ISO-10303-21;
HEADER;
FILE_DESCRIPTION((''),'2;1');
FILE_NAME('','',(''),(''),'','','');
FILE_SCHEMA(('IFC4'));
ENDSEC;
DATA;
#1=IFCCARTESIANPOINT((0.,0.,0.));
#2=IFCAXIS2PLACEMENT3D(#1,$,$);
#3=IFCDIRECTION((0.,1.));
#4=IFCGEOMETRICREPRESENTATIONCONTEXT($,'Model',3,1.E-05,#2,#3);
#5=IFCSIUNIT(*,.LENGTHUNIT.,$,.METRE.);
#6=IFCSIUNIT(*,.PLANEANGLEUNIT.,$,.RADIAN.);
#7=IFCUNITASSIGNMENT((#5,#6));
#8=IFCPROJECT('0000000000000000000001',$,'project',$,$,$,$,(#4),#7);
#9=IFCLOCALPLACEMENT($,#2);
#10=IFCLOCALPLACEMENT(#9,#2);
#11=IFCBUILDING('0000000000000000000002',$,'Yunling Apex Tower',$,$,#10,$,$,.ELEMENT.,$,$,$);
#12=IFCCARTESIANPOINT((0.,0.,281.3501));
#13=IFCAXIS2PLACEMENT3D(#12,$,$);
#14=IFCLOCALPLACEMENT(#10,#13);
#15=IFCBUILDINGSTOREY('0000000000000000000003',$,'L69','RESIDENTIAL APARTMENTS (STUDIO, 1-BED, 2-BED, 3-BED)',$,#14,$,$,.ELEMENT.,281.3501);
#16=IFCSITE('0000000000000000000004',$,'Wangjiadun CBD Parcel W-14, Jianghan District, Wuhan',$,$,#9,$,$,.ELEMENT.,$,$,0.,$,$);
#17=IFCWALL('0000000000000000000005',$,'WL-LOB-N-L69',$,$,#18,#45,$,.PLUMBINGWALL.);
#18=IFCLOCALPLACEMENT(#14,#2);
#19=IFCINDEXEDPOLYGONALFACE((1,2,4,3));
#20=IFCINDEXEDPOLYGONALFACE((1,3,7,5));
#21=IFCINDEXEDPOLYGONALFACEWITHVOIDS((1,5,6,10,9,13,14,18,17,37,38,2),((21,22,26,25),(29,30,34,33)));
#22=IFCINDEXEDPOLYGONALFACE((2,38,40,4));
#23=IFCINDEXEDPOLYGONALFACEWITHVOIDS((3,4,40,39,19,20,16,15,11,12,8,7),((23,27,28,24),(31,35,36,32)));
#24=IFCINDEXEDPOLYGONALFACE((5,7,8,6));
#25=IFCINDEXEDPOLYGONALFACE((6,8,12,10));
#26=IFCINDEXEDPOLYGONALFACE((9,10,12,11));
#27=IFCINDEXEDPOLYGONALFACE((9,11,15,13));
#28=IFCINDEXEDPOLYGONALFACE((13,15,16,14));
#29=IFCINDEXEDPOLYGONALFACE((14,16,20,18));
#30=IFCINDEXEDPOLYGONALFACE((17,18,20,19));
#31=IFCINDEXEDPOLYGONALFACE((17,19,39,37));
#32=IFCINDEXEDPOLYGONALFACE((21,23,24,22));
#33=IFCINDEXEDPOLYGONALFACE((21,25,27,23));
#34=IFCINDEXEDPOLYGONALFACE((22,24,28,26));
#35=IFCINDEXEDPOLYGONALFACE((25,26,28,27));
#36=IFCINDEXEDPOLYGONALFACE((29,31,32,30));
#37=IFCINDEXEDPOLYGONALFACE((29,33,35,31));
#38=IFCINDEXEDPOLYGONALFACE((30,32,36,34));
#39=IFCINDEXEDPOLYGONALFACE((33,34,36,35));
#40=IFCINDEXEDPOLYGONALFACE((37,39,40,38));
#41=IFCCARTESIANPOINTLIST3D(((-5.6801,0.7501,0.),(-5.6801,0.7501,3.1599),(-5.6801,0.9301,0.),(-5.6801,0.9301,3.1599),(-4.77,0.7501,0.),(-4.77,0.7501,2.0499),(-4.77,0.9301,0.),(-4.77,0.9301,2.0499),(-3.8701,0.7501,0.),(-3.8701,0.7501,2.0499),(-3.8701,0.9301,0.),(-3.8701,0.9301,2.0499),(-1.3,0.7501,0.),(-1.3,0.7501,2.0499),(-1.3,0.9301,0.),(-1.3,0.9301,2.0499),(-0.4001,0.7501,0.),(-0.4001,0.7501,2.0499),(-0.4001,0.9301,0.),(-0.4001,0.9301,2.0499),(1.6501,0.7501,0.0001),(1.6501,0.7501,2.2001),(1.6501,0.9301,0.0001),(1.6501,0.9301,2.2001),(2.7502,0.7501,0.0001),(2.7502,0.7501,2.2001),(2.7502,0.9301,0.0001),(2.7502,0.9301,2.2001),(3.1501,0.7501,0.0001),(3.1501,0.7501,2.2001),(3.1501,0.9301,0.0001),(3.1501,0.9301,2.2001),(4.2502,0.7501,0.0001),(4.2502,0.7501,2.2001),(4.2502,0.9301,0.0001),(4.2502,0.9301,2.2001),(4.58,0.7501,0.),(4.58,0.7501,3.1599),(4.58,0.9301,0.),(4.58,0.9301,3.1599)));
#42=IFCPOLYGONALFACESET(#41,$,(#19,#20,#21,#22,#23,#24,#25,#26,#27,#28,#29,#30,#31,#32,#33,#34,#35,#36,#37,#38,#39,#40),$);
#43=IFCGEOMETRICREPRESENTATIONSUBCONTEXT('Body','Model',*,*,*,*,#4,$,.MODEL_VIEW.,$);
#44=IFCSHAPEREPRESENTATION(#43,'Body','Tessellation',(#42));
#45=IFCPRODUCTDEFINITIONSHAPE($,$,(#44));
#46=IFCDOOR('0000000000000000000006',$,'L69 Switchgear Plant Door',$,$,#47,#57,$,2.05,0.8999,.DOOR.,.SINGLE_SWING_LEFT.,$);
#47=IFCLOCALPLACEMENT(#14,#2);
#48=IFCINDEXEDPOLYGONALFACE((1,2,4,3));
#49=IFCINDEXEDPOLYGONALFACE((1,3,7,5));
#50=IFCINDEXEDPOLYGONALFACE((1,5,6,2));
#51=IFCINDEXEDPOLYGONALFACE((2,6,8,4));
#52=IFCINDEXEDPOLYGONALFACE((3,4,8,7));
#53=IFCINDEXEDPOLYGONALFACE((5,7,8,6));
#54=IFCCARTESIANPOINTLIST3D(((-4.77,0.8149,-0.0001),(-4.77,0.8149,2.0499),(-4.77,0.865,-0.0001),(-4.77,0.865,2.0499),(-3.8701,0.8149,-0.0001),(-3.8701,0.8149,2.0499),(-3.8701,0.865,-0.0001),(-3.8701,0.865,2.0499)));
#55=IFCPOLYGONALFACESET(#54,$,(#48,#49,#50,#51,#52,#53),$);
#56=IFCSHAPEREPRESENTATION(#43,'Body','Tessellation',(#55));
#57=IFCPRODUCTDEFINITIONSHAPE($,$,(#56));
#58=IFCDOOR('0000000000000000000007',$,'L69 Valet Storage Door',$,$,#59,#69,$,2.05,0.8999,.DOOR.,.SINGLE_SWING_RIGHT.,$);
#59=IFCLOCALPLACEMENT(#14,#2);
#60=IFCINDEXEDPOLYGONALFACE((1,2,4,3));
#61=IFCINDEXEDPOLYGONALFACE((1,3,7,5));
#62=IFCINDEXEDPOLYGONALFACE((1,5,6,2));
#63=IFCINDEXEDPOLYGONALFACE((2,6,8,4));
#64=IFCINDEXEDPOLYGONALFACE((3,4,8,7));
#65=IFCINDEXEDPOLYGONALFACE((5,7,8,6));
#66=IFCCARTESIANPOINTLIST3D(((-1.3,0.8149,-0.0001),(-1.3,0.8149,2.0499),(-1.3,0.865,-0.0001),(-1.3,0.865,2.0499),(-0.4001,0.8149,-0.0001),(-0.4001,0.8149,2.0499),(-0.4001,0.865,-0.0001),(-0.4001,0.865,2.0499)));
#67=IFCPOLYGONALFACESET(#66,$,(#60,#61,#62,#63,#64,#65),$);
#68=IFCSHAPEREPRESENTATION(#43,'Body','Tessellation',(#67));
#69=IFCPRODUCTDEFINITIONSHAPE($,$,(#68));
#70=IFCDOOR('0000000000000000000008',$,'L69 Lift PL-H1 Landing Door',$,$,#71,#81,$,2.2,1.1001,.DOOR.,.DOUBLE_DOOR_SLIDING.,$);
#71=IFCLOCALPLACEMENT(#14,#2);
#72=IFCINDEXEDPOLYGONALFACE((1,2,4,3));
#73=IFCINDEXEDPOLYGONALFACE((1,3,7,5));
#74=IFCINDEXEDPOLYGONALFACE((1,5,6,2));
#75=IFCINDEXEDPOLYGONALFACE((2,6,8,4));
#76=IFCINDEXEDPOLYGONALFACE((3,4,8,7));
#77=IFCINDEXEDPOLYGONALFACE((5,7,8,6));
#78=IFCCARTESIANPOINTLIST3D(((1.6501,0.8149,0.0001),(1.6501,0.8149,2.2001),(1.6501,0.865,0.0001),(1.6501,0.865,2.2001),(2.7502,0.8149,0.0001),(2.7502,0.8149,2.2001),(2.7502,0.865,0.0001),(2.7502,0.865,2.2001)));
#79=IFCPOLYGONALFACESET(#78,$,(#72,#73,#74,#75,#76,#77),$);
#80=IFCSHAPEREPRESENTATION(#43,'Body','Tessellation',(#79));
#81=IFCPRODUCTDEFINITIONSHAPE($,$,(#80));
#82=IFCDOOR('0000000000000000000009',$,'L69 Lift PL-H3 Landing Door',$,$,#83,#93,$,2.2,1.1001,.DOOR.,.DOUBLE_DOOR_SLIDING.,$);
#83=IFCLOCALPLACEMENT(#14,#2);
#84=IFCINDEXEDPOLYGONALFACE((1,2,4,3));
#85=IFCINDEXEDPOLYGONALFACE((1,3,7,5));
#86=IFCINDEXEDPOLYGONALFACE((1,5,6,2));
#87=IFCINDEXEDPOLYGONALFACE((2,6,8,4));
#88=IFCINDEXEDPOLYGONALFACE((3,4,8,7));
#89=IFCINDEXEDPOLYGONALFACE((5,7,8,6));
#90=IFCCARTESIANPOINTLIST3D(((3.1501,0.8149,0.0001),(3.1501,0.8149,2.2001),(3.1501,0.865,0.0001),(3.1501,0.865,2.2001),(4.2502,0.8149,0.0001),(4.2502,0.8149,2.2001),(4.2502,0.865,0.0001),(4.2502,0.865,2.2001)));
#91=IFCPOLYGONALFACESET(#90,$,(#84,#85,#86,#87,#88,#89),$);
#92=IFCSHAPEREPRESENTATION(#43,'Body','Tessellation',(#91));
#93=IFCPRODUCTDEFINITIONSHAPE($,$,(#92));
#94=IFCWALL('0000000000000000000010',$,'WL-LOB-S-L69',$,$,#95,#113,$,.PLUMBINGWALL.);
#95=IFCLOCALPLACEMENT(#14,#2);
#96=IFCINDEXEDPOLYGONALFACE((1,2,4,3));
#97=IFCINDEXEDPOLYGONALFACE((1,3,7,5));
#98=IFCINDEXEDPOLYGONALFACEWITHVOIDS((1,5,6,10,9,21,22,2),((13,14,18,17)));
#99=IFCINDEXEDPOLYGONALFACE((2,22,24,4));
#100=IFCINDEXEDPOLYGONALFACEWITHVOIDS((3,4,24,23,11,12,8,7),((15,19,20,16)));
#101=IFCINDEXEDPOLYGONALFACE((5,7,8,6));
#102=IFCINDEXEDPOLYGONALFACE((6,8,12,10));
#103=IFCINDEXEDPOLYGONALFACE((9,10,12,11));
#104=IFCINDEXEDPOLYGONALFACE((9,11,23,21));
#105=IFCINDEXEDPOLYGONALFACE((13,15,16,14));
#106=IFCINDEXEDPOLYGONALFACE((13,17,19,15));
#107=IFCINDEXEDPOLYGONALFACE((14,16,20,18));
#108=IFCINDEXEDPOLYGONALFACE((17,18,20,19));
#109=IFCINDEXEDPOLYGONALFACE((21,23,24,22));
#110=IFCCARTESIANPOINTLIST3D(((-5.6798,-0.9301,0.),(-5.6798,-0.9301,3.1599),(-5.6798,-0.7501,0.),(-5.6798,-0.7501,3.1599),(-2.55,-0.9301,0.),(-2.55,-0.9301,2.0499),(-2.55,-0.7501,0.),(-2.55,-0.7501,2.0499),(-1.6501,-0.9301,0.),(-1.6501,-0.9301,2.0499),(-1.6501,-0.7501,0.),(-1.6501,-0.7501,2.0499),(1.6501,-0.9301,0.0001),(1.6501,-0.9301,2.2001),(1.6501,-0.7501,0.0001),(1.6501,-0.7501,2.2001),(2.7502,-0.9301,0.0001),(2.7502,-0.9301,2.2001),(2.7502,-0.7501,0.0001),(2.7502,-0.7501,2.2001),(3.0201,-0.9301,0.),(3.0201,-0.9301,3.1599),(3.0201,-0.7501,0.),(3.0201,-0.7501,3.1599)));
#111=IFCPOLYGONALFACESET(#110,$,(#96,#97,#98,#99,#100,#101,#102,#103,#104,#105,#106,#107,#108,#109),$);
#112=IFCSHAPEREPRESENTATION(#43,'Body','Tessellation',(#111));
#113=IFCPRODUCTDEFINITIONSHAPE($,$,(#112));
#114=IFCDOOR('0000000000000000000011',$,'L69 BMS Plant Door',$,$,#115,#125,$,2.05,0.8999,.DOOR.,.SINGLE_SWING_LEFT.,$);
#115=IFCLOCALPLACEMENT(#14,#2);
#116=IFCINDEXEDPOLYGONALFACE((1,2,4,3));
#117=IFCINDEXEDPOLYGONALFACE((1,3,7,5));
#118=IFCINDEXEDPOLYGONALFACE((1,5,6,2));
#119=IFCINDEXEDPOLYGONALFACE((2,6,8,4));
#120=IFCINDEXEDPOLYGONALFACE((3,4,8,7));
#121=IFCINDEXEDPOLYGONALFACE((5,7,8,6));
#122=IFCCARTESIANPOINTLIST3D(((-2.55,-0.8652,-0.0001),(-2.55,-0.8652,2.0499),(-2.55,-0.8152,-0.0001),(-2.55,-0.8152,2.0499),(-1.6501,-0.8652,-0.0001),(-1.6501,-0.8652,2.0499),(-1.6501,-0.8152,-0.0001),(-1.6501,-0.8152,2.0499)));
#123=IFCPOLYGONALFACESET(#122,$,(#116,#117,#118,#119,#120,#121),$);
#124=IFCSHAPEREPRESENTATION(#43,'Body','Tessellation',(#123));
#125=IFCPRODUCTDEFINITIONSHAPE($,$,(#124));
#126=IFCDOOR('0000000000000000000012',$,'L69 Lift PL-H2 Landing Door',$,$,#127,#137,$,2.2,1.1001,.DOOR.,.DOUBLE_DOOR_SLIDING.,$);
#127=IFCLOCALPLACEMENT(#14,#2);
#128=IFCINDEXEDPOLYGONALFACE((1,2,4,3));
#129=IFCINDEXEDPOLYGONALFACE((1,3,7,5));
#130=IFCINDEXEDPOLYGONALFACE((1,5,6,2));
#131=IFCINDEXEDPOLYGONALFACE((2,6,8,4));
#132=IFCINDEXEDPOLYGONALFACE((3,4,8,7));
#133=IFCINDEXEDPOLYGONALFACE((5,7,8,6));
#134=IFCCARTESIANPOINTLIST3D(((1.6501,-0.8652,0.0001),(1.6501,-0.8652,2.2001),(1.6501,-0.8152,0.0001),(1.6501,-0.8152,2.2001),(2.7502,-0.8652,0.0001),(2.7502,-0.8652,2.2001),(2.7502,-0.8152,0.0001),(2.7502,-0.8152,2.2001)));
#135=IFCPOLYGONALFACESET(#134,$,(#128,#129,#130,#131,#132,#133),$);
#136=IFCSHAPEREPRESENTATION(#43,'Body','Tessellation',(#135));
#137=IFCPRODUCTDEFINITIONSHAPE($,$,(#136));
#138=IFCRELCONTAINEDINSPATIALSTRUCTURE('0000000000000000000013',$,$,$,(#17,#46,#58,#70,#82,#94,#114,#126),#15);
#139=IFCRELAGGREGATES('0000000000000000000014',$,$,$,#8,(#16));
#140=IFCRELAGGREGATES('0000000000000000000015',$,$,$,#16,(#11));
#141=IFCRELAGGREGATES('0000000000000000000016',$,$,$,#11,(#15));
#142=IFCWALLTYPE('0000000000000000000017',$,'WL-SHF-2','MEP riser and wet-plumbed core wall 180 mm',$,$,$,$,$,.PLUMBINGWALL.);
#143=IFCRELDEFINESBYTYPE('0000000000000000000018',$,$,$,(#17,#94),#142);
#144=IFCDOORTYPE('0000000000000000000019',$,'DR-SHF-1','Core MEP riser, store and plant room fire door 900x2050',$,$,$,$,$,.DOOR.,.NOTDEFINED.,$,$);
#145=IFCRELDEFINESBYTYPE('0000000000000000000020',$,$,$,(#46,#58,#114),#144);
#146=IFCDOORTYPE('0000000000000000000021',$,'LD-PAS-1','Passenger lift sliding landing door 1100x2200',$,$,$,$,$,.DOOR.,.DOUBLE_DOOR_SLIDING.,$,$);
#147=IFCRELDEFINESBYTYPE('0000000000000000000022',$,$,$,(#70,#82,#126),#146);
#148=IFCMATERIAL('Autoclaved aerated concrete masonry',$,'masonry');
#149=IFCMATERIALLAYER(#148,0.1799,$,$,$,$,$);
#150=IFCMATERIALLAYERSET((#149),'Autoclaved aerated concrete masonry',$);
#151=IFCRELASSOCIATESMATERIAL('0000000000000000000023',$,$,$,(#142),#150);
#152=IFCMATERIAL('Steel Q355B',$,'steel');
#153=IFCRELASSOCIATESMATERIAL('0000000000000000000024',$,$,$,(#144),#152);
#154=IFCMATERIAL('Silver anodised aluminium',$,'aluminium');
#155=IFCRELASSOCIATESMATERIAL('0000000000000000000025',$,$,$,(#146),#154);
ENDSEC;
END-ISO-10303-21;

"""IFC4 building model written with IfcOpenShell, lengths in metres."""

from ifc_helpers import new_model, si_unit, direction, frame, frame_2d, origin, place, context, subcontext, project, spatial, rectangle, extrude, material, layer, layer_set, type_object, element, fill, save


model = new_model("IFC4")

# Units and contexts
model_context = context("Model", 3, precision=1e-05, world=origin(), true_north=direction((0.0, 1.0)))
body_context = subcontext(model_context, "Body", "Model", "MODEL_VIEW")
ifc_project = project(units=[si_unit("LENGTHUNIT", "METRE"), si_unit("PLANEANGLEUNIT", "RADIAN")], contexts=[model_context])

# Site, building, storey
site_placement = place(None, origin())
site = spatial("IfcSite", under=ifc_project, at=site_placement, Name="Wangjiadun CBD Parcel W-14, Jianghan District, Wuhan", CompositionType="ELEMENT", RefElevation=0.0)
building_placement = place(site_placement, origin())
building = spatial("IfcBuilding", under=site, at=building_placement, Name="Yunling Apex Tower", CompositionType="ELEMENT")
storey_placement = place(building_placement, frame((0.0, 0.0, 281.3501)))
storey = spatial("IfcBuildingStorey", under=building, at=storey_placement, Name="L69", Description="RESIDENTIAL APARTMENTS (STUDIO, 1-BED, 2-BED, 3-BED)", CompositionType="ELEMENT", Elevation=281.3501)

# Shared definitions
ifc_material_1 = material(Name="Steel Q355B", Category="steel")

# Walls, openings, doors
ifc_material_2 = material(Name="Autoclaved aerated concrete masonry", Category="masonry")
ifc_layer_1 = layer(ifc_material_2, 0.1799)
ifc_layer_set_1 = layer_set([ifc_layer_1], Name="Autoclaved aerated concrete masonry")
wall_type_1 = type_object("IfcWallType", Name="WL-SHF-2", Description="MEP riser and wet-plumbed core wall 180 mm", PredefinedType="PLUMBINGWALL", material=ifc_layer_set_1)
wall_1_placement = place(storey_placement, frame((-5.6799, 0.8401, 0.0), z_axis=(0.0, 0.0, 1.0), x_axis=(1.0, 0.0, 0.0)))
wall_1 = element("IfcWall", 1, at=wall_1_placement, inside=storey, type_object=wall_type_1, Name="WL-LOB-N-L69", PredefinedType="PLUMBINGWALL", context=body_context, shape_type="SweptSolid", body=[
    extrude(rectangle(XDim=10.26, YDim=0.1799, at=frame_2d((5.1299, 0.0))), origin(), (0.0, 0.0, 1.0), 3.1599),
])
opening_1_placement = place(wall_1_placement, frame((0.9099, 0.0, 0.0)))
opening_1 = element("IfcOpeningElement", 2, at=opening_1_placement, cuts=wall_1, PredefinedType="OPENING", context=body_context, shape_type="SweptSolid", body=[
    extrude(rectangle(XDim=0.8999, YDim=2.05, at=frame_2d((0.45, 1.0249))), frame((0.0, 0.1001, 0.0), z_axis=(0.0, -1.0, 0.0), x_axis=(1.0, 0.0, 0.0)), (0.0, 0.0, 1.0), 0.2),
])
opening_2_placement = place(wall_1_placement, frame((4.3799, 0.0, 0.0)))
opening_2 = element("IfcOpeningElement", 3, at=opening_2_placement, cuts=wall_1, PredefinedType="OPENING", context=body_context, shape_type="SweptSolid", body=[
    extrude(rectangle(XDim=0.8999, YDim=2.05, at=frame_2d((0.45, 1.0249))), frame((0.0, 0.1001, 0.0), z_axis=(0.0, -1.0, 0.0), x_axis=(1.0, 0.0, 0.0)), (0.0, 0.0, 1.0), 0.2),
])
opening_3_placement = place(wall_1_placement, frame((7.3301, 0.0, 0.0)))
opening_3 = element("IfcOpeningElement", 4, at=opening_3_placement, cuts=wall_1, PredefinedType="OPENING", context=body_context, shape_type="SweptSolid", body=[
    extrude(rectangle(XDim=1.1001, YDim=2.2, at=frame_2d((0.55, 1.1001))), frame((0.0, 0.1001, 0.0), z_axis=(0.0, -1.0, 0.0), x_axis=(1.0, 0.0, 0.0)), (0.0, 0.0, 1.0), 0.2),
])
opening_4_placement = place(wall_1_placement, frame((8.8301, 0.0, 0.0)))
opening_4 = element("IfcOpeningElement", 5, at=opening_4_placement, cuts=wall_1, PredefinedType="OPENING", context=body_context, shape_type="SweptSolid", body=[
    extrude(rectangle(XDim=1.1001, YDim=2.2, at=frame_2d((0.55, 1.1001))), frame((0.0, 0.1001, 0.0), z_axis=(0.0, -1.0, 0.0), x_axis=(1.0, 0.0, 0.0)), (0.0, 0.0, 1.0), 0.2),
])
door_type_1 = type_object("IfcDoorType", Name="DR-SHF-1", Description="Core MEP riser, store and plant room fire door 900x2050", OperationType="NOTDEFINED", PredefinedType="DOOR", material=ifc_material_1)
door_1_placement = place(opening_1_placement, origin())
door_1 = element("IfcDoor", 6, at=door_1_placement, inside=storey, type_object=door_type_1, Name="L69 Switchgear Plant Door", OperationType="SINGLE_SWING_LEFT", OverallHeight=2.05, OverallWidth=0.8999, PredefinedType="DOOR", context=body_context, shape_type="SweptSolid", body=[
    extrude(rectangle(XDim=0.8999, YDim=2.05, at=frame_2d((0.45, 1.0249))), frame((0.0, 0.0249, 0.0), z_axis=(0.0, -1.0, 0.0), x_axis=(1.0, 0.0, 0.0)), (0.0, 0.0, 1.0), 0.05),
])
fill(opening_1, door_1)
door_2_placement = place(opening_2_placement, origin())
door_2 = element("IfcDoor", 7, at=door_2_placement, inside=storey, type_object=door_type_1, Name="L69 Valet Storage Door", OperationType="SINGLE_SWING_RIGHT", OverallHeight=2.05, OverallWidth=0.8999, PredefinedType="DOOR", context=body_context, shape_type="SweptSolid", body=[
    extrude(rectangle(XDim=0.8999, YDim=2.05, at=frame_2d((0.45, 1.0249))), frame((0.0, 0.0249, 0.0), z_axis=(0.0, -1.0, 0.0), x_axis=(1.0, 0.0, 0.0)), (0.0, 0.0, 1.0), 0.05),
])
fill(opening_2, door_2)
ifc_material_3 = material(Name="Silver anodised aluminium", Category="aluminium")
door_type_2 = type_object("IfcDoorType", Name="LD-PAS-1", Description="Passenger lift sliding landing door 1100x2200", OperationType="DOUBLE_DOOR_SLIDING", PredefinedType="DOOR", material=ifc_material_3)
door_3_placement = place(opening_3_placement, origin())
door_3 = element("IfcDoor", 8, at=door_3_placement, inside=storey, type_object=door_type_2, Name="L69 Lift PL-H1 Landing Door", OperationType="DOUBLE_DOOR_SLIDING", OverallHeight=2.2, OverallWidth=1.1001, PredefinedType="DOOR", context=body_context, shape_type="SweptSolid", body=[
    extrude(rectangle(XDim=1.1001, YDim=2.2, at=frame_2d((0.55, 1.1001))), frame((0.0, 0.0249, 0.0), z_axis=(0.0, -1.0, 0.0), x_axis=(1.0, 0.0, 0.0)), (0.0, 0.0, 1.0), 0.05),
])
fill(opening_3, door_3)
door_4_placement = place(opening_4_placement, origin())
door_4 = element("IfcDoor", 9, at=door_4_placement, inside=storey, type_object=door_type_2, Name="L69 Lift PL-H3 Landing Door", OperationType="DOUBLE_DOOR_SLIDING", OverallHeight=2.2, OverallWidth=1.1001, PredefinedType="DOOR", context=body_context, shape_type="SweptSolid", body=[
    extrude(rectangle(XDim=1.1001, YDim=2.2, at=frame_2d((0.55, 1.1001))), frame((0.0, 0.0249, 0.0), z_axis=(0.0, -1.0, 0.0), x_axis=(1.0, 0.0, 0.0)), (0.0, 0.0, 1.0), 0.05),
])
fill(opening_4, door_4)
wall_2_placement = place(storey_placement, frame((-5.6799, -0.8401, 0.0), z_axis=(0.0, 0.0, 1.0), x_axis=(1.0, 0.0, 0.0)))
wall_2 = element("IfcWall", 10, at=wall_2_placement, inside=storey, type_object=wall_type_1, Name="WL-LOB-S-L69", PredefinedType="PLUMBINGWALL", context=body_context, shape_type="SweptSolid", body=[
    extrude(rectangle(XDim=8.7, YDim=0.1799, at=frame_2d((4.3501, 0.0))), origin(), (0.0, 0.0, 1.0), 3.1599),
])
opening_5_placement = place(wall_2_placement, frame((3.1299, 0.0, 0.0)))
opening_5 = element("IfcOpeningElement", 11, at=opening_5_placement, cuts=wall_2, PredefinedType="OPENING", context=body_context, shape_type="SweptSolid", body=[
    extrude(rectangle(XDim=0.8999, YDim=2.05, at=frame_2d((0.45, 1.0249))), frame((0.0, 0.1001, 0.0), z_axis=(0.0, -1.0, 0.0), x_axis=(1.0, 0.0, 0.0)), (0.0, 0.0, 1.0), 0.2),
])
opening_6_placement = place(wall_2_placement, frame((7.3301, 0.0, 0.0)))
opening_6 = element("IfcOpeningElement", 12, at=opening_6_placement, cuts=wall_2, PredefinedType="OPENING", context=body_context, shape_type="SweptSolid", body=[
    extrude(rectangle(XDim=1.1001, YDim=2.2, at=frame_2d((0.55, 1.1001))), frame((0.0, 0.1001, 0.0), z_axis=(0.0, -1.0, 0.0), x_axis=(1.0, 0.0, 0.0)), (0.0, 0.0, 1.0), 0.2),
])
door_5_placement = place(opening_5_placement, origin())
door_5 = element("IfcDoor", 13, at=door_5_placement, inside=storey, type_object=door_type_1, Name="L69 BMS Plant Door", OperationType="SINGLE_SWING_LEFT", OverallHeight=2.05, OverallWidth=0.8999, PredefinedType="DOOR", context=body_context, shape_type="SweptSolid", body=[
    extrude(rectangle(XDim=0.8999, YDim=2.05, at=frame_2d((0.45, 1.0249))), frame((0.0, 0.0249, 0.0), z_axis=(0.0, -1.0, 0.0), x_axis=(1.0, 0.0, 0.0)), (0.0, 0.0, 1.0), 0.05),
])
fill(opening_5, door_5)
door_6_placement = place(opening_6_placement, origin())
door_6 = element("IfcDoor", 14, at=door_6_placement, inside=storey, type_object=door_type_2, Name="L69 Lift PL-H2 Landing Door", OperationType="DOUBLE_DOOR_SLIDING", OverallHeight=2.2, OverallWidth=1.1001, PredefinedType="DOOR", context=body_context, shape_type="SweptSolid", body=[
    extrude(rectangle(XDim=1.1001, YDim=2.2, at=frame_2d((0.55, 1.1001))), frame((0.0, 0.0249, 0.0), z_axis=(0.0, -1.0, 0.0), x_axis=(1.0, 0.0, 0.0)), (0.0, 0.0, 1.0), 0.05),
])
fill(opening_6, door_6)

save(model, "model.ifc")
